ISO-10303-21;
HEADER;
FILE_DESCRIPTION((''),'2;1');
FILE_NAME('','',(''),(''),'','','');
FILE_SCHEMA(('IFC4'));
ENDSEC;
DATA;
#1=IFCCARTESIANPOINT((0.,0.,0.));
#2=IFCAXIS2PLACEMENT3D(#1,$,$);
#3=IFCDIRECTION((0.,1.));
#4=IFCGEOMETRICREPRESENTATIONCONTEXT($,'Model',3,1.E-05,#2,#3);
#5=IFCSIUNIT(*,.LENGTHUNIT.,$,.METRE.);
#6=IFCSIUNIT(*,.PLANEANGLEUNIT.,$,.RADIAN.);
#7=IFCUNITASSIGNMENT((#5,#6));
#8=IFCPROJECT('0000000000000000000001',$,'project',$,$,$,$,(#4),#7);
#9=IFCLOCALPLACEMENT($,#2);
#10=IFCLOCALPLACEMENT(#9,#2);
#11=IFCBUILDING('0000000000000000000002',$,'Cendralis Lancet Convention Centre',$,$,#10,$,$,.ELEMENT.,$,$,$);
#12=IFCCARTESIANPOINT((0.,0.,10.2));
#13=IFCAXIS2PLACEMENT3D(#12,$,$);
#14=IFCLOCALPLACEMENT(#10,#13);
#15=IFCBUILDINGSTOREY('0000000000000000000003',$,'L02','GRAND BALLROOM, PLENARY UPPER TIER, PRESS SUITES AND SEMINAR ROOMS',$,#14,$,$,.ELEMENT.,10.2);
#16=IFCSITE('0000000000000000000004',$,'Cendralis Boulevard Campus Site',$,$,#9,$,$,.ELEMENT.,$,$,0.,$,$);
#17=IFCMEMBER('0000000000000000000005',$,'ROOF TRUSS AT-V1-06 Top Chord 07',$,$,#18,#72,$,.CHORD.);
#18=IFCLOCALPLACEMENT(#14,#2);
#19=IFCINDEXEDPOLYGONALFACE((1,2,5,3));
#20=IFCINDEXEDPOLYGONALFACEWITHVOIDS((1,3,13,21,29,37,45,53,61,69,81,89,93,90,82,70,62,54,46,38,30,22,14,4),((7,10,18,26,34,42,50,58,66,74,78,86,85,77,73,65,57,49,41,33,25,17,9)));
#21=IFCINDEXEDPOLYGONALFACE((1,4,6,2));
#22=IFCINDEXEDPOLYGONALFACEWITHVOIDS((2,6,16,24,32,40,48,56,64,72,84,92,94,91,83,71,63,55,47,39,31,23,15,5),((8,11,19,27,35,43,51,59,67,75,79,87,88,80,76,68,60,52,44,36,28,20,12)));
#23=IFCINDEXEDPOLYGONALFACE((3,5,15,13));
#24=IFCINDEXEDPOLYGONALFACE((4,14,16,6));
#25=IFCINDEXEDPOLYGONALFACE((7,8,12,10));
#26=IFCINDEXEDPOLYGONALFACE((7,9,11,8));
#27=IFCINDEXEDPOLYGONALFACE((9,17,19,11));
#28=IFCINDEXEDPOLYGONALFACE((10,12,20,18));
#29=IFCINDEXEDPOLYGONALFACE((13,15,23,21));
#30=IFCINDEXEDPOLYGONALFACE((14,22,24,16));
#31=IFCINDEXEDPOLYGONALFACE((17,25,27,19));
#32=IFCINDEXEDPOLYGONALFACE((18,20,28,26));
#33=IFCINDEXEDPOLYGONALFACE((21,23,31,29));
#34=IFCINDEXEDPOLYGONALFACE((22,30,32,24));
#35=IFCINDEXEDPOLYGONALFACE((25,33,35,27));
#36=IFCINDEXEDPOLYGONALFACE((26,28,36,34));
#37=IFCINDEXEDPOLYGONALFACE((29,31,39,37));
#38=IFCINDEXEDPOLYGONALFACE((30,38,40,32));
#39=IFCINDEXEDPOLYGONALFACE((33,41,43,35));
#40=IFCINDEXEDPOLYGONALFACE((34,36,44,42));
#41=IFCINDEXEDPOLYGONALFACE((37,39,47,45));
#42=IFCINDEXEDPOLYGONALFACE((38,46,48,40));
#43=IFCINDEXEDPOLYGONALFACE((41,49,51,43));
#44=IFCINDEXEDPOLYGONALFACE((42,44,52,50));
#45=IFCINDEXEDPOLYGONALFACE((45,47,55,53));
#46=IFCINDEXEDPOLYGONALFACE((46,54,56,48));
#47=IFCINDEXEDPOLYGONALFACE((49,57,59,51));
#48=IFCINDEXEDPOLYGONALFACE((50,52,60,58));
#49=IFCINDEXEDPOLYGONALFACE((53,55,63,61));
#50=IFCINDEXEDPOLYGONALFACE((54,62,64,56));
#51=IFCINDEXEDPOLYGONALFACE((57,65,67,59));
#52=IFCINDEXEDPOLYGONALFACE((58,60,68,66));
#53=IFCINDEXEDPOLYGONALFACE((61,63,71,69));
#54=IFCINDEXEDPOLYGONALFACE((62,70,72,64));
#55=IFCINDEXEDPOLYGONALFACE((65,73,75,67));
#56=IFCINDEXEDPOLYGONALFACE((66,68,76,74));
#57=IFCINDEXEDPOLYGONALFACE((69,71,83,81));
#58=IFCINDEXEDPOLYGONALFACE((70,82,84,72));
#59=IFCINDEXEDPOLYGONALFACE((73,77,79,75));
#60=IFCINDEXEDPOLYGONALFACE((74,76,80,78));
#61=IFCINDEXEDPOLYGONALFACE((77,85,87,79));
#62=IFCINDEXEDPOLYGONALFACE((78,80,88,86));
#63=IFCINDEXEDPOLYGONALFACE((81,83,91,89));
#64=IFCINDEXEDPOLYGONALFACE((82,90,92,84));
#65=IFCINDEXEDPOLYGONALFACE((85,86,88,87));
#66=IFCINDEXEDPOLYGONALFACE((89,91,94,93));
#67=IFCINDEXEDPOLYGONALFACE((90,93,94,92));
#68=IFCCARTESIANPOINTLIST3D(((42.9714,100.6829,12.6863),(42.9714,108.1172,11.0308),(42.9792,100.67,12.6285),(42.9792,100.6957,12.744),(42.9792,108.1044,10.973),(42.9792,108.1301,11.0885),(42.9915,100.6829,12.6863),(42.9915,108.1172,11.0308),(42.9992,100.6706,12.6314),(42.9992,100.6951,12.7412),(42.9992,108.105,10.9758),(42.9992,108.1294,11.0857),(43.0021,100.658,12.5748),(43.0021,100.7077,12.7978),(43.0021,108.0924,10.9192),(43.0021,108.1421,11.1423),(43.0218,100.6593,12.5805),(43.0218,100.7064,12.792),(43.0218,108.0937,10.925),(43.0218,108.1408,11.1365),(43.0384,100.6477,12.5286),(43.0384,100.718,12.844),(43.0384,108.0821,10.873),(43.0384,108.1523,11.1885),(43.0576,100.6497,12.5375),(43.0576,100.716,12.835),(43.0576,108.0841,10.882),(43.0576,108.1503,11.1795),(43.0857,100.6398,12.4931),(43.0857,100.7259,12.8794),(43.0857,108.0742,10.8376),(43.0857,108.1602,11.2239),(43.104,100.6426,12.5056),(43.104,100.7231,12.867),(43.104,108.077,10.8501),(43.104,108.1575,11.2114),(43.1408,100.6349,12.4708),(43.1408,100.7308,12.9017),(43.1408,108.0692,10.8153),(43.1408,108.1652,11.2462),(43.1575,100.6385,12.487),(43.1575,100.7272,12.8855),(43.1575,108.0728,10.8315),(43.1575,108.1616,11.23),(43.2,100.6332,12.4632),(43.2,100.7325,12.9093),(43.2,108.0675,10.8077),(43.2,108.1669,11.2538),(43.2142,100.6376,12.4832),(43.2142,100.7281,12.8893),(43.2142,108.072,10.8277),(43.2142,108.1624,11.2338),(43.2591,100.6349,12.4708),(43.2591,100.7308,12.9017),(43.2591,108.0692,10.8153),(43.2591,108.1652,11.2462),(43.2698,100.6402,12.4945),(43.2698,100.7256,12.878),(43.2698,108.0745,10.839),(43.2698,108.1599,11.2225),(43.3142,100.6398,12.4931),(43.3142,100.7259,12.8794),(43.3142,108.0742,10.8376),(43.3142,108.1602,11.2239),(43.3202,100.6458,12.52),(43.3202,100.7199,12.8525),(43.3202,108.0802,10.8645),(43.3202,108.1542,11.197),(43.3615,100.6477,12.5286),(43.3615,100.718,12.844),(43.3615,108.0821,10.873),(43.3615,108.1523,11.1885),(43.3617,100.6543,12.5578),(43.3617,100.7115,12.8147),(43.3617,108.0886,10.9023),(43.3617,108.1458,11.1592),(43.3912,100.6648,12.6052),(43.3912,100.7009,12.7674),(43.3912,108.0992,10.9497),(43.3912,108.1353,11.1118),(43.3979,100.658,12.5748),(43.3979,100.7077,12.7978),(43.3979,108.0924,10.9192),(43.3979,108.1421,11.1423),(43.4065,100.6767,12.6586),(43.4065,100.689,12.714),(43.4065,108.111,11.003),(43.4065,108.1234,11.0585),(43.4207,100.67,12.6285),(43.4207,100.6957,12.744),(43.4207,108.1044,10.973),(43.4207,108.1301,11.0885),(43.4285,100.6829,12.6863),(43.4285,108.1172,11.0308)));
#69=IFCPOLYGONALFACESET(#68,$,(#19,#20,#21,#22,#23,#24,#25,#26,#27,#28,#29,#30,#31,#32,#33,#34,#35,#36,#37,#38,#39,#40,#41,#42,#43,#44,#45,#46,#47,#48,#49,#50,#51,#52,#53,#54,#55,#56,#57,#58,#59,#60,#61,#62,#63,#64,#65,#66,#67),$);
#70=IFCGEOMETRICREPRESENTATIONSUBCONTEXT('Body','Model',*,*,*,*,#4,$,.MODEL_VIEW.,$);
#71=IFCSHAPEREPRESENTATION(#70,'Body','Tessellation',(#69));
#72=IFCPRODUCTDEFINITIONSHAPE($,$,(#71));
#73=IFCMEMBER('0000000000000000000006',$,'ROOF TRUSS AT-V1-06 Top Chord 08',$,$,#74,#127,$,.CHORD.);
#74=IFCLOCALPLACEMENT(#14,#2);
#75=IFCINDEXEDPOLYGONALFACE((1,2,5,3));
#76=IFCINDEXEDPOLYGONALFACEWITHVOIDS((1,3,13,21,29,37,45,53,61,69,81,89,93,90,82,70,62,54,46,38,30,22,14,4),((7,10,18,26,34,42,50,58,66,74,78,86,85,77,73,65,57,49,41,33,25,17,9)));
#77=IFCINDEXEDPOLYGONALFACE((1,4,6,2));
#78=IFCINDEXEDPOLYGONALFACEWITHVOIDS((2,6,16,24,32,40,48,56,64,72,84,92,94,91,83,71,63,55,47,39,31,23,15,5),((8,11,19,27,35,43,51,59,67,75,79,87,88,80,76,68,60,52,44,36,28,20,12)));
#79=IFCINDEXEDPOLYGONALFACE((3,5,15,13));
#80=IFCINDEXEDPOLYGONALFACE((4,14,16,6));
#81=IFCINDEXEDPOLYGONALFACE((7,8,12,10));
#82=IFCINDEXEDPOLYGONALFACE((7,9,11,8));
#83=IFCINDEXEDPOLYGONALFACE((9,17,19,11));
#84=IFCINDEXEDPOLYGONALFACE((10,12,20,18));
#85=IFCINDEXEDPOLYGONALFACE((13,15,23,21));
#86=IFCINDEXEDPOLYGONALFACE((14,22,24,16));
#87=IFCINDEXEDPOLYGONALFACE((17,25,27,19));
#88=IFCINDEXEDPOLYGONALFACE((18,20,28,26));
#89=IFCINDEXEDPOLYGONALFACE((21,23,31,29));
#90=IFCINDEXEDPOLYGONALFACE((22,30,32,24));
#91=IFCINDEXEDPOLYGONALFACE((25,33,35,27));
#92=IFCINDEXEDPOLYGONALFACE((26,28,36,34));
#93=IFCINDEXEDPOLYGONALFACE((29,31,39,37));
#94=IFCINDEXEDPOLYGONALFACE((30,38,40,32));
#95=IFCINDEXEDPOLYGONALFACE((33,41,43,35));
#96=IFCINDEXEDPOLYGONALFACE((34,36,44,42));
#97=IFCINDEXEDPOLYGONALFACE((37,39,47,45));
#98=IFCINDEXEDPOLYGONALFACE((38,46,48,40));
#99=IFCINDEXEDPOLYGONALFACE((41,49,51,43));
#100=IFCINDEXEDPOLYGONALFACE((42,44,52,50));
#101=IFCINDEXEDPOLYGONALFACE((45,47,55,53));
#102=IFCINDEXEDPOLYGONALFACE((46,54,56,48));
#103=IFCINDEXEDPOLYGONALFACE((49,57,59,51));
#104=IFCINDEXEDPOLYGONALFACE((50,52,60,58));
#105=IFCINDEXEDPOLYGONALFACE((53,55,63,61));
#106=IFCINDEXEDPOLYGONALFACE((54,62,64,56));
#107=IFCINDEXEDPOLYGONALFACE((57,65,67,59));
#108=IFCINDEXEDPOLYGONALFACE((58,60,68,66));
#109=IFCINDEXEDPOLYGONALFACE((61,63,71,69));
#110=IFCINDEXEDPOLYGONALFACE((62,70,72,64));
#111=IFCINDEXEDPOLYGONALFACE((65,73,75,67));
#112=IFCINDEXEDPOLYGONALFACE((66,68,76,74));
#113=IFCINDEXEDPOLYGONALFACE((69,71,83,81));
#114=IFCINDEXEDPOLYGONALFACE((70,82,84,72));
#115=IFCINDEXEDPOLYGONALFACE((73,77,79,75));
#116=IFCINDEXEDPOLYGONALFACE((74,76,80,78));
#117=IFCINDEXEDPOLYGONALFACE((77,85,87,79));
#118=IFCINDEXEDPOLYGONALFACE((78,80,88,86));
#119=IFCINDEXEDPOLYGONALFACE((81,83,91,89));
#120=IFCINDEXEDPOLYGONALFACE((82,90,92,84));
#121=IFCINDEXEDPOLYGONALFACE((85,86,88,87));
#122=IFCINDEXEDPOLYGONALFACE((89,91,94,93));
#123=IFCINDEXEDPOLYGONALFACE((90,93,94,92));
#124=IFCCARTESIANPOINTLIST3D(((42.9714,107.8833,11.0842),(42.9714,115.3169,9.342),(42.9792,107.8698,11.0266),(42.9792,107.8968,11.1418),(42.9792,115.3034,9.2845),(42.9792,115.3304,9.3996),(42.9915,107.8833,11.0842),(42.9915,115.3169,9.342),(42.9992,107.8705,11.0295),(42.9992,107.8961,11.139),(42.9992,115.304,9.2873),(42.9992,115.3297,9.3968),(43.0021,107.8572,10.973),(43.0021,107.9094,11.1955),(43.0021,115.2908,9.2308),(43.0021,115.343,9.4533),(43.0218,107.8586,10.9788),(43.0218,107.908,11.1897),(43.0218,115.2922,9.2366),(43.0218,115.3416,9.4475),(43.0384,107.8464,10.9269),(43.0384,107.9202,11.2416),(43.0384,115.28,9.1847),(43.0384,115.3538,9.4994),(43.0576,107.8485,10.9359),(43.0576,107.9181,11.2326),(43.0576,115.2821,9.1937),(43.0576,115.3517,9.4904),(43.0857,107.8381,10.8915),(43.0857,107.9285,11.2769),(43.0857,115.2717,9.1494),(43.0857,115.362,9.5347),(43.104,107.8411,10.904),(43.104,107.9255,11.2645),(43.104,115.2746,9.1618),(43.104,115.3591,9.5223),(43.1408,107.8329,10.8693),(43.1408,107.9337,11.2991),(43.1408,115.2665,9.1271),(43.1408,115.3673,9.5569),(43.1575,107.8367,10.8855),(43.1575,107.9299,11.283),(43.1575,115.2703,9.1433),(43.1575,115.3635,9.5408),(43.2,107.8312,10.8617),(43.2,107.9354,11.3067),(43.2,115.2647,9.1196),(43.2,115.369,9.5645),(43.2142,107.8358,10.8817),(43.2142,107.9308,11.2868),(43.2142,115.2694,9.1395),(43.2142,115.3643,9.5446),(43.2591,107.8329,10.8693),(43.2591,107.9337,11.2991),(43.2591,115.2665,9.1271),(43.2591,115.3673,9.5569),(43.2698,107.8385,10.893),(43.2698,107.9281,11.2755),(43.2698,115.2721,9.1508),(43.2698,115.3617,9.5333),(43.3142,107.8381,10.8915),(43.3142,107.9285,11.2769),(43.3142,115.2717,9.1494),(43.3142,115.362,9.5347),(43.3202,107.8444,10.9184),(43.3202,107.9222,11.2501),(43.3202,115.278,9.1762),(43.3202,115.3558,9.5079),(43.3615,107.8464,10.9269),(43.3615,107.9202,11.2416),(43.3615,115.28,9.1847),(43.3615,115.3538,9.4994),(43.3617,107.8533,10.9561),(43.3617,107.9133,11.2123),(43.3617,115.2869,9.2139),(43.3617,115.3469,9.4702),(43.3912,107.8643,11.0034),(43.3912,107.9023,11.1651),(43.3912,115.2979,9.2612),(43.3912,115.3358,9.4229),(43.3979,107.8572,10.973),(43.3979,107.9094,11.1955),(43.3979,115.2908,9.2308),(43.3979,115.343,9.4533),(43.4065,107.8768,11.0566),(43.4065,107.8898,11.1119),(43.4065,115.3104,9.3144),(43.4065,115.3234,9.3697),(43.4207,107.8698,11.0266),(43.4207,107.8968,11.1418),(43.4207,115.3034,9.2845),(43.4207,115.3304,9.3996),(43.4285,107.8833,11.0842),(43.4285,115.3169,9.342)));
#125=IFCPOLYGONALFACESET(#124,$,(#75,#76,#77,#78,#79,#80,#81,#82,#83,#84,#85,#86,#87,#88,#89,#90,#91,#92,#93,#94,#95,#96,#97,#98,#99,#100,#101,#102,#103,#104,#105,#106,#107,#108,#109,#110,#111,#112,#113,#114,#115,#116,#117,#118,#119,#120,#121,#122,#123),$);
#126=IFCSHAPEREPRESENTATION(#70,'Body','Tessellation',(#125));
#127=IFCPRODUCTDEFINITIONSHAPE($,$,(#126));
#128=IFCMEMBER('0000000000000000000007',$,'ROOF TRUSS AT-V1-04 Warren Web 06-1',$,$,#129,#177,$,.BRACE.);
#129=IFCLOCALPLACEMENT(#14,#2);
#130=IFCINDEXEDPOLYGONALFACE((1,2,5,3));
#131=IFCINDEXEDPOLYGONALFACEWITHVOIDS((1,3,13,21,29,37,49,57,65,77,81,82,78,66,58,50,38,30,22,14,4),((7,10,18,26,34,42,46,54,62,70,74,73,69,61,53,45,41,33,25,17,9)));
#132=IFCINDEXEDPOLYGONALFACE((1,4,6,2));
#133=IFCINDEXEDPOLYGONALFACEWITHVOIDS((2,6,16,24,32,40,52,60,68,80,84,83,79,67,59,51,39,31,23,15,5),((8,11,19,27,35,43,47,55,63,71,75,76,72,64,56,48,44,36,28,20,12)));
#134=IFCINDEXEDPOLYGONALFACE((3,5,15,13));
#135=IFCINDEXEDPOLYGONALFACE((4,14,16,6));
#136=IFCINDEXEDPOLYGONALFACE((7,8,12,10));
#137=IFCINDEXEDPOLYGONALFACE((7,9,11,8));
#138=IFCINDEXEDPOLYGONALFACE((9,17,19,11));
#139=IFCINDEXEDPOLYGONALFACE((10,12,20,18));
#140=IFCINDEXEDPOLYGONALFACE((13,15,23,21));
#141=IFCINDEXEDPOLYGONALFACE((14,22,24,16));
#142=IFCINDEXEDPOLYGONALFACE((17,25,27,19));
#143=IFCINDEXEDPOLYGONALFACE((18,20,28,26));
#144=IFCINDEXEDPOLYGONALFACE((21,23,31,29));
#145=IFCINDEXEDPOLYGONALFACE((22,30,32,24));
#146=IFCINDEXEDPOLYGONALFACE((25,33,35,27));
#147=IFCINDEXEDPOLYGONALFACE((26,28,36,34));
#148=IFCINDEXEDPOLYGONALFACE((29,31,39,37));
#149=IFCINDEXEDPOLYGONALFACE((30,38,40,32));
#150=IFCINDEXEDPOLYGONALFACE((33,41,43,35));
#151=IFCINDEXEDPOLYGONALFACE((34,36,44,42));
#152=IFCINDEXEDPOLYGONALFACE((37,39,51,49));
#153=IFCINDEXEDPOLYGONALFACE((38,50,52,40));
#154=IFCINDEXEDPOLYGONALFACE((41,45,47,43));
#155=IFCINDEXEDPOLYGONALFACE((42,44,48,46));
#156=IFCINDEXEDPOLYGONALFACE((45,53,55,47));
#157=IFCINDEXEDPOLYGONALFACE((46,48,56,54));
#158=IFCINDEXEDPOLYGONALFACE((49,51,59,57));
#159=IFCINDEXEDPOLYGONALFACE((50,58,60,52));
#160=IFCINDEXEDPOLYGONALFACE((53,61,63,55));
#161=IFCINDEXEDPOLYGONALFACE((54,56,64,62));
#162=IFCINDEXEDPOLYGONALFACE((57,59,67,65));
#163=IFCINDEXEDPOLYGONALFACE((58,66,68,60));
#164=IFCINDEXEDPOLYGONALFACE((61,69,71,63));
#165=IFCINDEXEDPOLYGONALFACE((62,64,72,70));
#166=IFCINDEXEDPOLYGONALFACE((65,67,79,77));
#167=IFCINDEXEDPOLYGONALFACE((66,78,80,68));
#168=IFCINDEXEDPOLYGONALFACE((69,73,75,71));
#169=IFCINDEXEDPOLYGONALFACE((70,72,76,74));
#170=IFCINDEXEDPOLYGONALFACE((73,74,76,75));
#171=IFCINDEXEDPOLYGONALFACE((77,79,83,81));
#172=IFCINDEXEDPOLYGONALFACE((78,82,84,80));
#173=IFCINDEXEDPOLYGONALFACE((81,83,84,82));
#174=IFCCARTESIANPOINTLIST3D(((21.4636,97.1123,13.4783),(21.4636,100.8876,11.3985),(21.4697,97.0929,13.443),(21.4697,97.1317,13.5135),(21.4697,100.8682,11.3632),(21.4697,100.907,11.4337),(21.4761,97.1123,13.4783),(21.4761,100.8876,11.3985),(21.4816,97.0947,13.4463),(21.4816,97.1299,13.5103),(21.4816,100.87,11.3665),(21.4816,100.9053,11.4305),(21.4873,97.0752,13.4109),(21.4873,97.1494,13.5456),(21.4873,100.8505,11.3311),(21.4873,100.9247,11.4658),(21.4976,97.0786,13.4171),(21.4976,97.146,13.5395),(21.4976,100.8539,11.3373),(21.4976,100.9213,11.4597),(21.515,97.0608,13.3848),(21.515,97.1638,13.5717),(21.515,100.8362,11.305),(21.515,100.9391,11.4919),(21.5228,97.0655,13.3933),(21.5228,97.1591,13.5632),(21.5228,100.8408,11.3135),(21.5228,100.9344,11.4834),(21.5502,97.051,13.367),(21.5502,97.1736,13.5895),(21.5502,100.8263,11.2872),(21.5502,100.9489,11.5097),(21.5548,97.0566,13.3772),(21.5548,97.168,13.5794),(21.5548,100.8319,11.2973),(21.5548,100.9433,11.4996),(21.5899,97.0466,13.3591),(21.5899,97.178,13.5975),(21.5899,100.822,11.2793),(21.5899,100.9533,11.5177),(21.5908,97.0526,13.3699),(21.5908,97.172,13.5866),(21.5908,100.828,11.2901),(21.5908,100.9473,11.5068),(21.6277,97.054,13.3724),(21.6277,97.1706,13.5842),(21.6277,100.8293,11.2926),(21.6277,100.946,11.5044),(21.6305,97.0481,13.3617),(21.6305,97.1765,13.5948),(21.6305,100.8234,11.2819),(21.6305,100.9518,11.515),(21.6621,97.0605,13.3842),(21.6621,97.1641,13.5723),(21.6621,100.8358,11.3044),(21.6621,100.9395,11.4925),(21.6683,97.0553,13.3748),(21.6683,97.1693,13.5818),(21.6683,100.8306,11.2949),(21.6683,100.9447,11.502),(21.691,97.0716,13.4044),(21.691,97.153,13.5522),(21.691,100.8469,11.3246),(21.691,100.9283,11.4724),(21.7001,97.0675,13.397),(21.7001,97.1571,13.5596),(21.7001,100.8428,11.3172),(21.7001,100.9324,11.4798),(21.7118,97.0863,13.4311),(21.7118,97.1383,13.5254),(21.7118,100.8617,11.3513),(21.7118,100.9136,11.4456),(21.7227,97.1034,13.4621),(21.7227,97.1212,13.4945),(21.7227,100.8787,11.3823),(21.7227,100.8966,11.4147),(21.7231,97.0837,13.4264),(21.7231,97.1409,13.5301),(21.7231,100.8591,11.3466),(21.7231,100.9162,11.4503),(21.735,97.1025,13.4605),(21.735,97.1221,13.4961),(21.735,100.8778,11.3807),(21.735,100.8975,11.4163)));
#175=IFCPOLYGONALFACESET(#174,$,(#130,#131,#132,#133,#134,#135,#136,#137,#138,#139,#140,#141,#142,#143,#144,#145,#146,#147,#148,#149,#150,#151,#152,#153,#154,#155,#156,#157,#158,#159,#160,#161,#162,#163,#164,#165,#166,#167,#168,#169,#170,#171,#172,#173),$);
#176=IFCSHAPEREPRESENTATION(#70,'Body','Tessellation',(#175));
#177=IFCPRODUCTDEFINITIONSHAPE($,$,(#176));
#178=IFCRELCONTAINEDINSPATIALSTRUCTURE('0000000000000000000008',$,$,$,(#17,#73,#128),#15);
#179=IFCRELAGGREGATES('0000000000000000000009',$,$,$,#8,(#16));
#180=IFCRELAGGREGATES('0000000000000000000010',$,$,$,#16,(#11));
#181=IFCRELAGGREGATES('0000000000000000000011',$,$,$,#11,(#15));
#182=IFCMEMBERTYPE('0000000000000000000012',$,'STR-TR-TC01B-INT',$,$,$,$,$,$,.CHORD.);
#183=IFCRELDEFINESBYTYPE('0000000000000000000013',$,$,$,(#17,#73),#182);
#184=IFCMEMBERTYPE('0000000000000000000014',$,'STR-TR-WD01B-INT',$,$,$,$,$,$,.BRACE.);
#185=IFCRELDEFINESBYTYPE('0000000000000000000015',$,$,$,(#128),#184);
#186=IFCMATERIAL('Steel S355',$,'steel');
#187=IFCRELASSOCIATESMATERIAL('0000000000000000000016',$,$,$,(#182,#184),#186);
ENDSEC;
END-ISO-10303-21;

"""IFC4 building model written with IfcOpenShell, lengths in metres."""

from ifc_helpers import new_model, si_unit, direction, frame, origin, origin_2d, place, context, subcontext, project, spatial, hollow_circle, extrude, material, material_profile, profile_set, type_object, element, save


model = new_model("IFC4")

# Units and contexts
model_context = context("Model", 3, precision=1e-05, world=origin(), true_north=direction((0.0, 1.0)))
body_context = subcontext(model_context, "Body", "Model", "MODEL_VIEW")
ifc_project = project(units=[si_unit("LENGTHUNIT", "METRE"), si_unit("PLANEANGLEUNIT", "RADIAN")], contexts=[model_context])

# Site, building, storey
site_placement = place(None, origin())
site = spatial("IfcSite", under=ifc_project, at=site_placement, Name="Cendralis Boulevard Campus Site", CompositionType="ELEMENT", RefElevation=0.0)
building_placement = place(site_placement, origin())
building = spatial("IfcBuilding", under=site, at=building_placement, Name="Cendralis Lancet Convention Centre", CompositionType="ELEMENT")
storey_placement = place(building_placement, frame((0.0, 0.0, 10.2)))
storey = spatial("IfcBuildingStorey", under=building, at=storey_placement, Name="L02", Description="GRAND BALLROOM, PLENARY UPPER TIER, PRESS SUITES AND SEMINAR ROOMS", CompositionType="ELEMENT", Elevation=10.2)

# Members
ifc_material = material(Name="Steel S355", Category="steel")
ifc_material_profile_1 = material_profile(ifc_material, hollow_circle(Radius=0.2285, WallThickness=0.02, at=origin_2d()), Name="CHS 457.0x20.0")
ifc_profile_set_1 = profile_set([ifc_material_profile_1], Name="Steel S355")
member_type_1 = type_object("IfcMemberType", Name="STR-TR-TC01B-INT", PredefinedType="CHORD", material=ifc_profile_set_1)
member_1_placement = place(storey_placement, frame((43.2, 100.6829, 12.6863), z_axis=(0.0, 0.976091, -0.217361), x_axis=(-1.0, 0.0, 0.0)))
element("IfcMember", 1, at=member_1_placement, inside=storey, type_object=member_type_1, Name="ROOF TRUSS AT-V1-06 Top Chord 07", PredefinedType="CHORD", context=body_context, shape_type="SweptSolid", body=[
    extrude(hollow_circle(Radius=0.2285, WallThickness=0.02, at=origin_2d()), origin(), (0.0, 0.0, 1.0), 7.6165),
])
member_2_placement = place(storey_placement, frame((43.2, 107.8833, 11.0842), z_axis=(0.0, 0.973618, -0.228184), x_axis=(-1.0, 0.0, 0.0)))
element("IfcMember", 2, at=member_2_placement, inside=storey, type_object=member_type_1, Name="ROOF TRUSS AT-V1-06 Top Chord 08", PredefinedType="CHORD", context=body_context, shape_type="SweptSolid", body=[
    extrude(hollow_circle(Radius=0.2285, WallThickness=0.02, at=origin_2d()), origin(), (0.0, 0.0, 1.0), 7.635),
])
ifc_material_profile_2 = material_profile(ifc_material, hollow_circle(Radius=0.1365, WallThickness=0.0125, at=origin_2d()), Name="CHS 273.0x12.5")
ifc_profile_set_2 = profile_set([ifc_material_profile_2], Name="Steel S355")
member_type_2 = type_object("IfcMemberType", Name="STR-TR-WD01B-INT", PredefinedType="BRACE", material=ifc_profile_set_2)
member_3_placement = place(storey_placement, frame((21.6001, 97.1123, 13.4783), z_axis=(0.0, 0.875886, -0.482519), x_axis=(-1.0, 0.0, 0.0)))
element("IfcMember", 3, at=member_3_placement, inside=storey, type_object=member_type_2, Name="ROOF TRUSS AT-V1-04 Warren Web 06-1", PredefinedType="BRACE", context=body_context, shape_type="SweptSolid", body=[
    extrude(hollow_circle(Radius=0.1365, WallThickness=0.0125, at=origin_2d()), origin(), (0.0, 0.0, 1.0), 4.3103),
])

save(model, "model.ifc")
